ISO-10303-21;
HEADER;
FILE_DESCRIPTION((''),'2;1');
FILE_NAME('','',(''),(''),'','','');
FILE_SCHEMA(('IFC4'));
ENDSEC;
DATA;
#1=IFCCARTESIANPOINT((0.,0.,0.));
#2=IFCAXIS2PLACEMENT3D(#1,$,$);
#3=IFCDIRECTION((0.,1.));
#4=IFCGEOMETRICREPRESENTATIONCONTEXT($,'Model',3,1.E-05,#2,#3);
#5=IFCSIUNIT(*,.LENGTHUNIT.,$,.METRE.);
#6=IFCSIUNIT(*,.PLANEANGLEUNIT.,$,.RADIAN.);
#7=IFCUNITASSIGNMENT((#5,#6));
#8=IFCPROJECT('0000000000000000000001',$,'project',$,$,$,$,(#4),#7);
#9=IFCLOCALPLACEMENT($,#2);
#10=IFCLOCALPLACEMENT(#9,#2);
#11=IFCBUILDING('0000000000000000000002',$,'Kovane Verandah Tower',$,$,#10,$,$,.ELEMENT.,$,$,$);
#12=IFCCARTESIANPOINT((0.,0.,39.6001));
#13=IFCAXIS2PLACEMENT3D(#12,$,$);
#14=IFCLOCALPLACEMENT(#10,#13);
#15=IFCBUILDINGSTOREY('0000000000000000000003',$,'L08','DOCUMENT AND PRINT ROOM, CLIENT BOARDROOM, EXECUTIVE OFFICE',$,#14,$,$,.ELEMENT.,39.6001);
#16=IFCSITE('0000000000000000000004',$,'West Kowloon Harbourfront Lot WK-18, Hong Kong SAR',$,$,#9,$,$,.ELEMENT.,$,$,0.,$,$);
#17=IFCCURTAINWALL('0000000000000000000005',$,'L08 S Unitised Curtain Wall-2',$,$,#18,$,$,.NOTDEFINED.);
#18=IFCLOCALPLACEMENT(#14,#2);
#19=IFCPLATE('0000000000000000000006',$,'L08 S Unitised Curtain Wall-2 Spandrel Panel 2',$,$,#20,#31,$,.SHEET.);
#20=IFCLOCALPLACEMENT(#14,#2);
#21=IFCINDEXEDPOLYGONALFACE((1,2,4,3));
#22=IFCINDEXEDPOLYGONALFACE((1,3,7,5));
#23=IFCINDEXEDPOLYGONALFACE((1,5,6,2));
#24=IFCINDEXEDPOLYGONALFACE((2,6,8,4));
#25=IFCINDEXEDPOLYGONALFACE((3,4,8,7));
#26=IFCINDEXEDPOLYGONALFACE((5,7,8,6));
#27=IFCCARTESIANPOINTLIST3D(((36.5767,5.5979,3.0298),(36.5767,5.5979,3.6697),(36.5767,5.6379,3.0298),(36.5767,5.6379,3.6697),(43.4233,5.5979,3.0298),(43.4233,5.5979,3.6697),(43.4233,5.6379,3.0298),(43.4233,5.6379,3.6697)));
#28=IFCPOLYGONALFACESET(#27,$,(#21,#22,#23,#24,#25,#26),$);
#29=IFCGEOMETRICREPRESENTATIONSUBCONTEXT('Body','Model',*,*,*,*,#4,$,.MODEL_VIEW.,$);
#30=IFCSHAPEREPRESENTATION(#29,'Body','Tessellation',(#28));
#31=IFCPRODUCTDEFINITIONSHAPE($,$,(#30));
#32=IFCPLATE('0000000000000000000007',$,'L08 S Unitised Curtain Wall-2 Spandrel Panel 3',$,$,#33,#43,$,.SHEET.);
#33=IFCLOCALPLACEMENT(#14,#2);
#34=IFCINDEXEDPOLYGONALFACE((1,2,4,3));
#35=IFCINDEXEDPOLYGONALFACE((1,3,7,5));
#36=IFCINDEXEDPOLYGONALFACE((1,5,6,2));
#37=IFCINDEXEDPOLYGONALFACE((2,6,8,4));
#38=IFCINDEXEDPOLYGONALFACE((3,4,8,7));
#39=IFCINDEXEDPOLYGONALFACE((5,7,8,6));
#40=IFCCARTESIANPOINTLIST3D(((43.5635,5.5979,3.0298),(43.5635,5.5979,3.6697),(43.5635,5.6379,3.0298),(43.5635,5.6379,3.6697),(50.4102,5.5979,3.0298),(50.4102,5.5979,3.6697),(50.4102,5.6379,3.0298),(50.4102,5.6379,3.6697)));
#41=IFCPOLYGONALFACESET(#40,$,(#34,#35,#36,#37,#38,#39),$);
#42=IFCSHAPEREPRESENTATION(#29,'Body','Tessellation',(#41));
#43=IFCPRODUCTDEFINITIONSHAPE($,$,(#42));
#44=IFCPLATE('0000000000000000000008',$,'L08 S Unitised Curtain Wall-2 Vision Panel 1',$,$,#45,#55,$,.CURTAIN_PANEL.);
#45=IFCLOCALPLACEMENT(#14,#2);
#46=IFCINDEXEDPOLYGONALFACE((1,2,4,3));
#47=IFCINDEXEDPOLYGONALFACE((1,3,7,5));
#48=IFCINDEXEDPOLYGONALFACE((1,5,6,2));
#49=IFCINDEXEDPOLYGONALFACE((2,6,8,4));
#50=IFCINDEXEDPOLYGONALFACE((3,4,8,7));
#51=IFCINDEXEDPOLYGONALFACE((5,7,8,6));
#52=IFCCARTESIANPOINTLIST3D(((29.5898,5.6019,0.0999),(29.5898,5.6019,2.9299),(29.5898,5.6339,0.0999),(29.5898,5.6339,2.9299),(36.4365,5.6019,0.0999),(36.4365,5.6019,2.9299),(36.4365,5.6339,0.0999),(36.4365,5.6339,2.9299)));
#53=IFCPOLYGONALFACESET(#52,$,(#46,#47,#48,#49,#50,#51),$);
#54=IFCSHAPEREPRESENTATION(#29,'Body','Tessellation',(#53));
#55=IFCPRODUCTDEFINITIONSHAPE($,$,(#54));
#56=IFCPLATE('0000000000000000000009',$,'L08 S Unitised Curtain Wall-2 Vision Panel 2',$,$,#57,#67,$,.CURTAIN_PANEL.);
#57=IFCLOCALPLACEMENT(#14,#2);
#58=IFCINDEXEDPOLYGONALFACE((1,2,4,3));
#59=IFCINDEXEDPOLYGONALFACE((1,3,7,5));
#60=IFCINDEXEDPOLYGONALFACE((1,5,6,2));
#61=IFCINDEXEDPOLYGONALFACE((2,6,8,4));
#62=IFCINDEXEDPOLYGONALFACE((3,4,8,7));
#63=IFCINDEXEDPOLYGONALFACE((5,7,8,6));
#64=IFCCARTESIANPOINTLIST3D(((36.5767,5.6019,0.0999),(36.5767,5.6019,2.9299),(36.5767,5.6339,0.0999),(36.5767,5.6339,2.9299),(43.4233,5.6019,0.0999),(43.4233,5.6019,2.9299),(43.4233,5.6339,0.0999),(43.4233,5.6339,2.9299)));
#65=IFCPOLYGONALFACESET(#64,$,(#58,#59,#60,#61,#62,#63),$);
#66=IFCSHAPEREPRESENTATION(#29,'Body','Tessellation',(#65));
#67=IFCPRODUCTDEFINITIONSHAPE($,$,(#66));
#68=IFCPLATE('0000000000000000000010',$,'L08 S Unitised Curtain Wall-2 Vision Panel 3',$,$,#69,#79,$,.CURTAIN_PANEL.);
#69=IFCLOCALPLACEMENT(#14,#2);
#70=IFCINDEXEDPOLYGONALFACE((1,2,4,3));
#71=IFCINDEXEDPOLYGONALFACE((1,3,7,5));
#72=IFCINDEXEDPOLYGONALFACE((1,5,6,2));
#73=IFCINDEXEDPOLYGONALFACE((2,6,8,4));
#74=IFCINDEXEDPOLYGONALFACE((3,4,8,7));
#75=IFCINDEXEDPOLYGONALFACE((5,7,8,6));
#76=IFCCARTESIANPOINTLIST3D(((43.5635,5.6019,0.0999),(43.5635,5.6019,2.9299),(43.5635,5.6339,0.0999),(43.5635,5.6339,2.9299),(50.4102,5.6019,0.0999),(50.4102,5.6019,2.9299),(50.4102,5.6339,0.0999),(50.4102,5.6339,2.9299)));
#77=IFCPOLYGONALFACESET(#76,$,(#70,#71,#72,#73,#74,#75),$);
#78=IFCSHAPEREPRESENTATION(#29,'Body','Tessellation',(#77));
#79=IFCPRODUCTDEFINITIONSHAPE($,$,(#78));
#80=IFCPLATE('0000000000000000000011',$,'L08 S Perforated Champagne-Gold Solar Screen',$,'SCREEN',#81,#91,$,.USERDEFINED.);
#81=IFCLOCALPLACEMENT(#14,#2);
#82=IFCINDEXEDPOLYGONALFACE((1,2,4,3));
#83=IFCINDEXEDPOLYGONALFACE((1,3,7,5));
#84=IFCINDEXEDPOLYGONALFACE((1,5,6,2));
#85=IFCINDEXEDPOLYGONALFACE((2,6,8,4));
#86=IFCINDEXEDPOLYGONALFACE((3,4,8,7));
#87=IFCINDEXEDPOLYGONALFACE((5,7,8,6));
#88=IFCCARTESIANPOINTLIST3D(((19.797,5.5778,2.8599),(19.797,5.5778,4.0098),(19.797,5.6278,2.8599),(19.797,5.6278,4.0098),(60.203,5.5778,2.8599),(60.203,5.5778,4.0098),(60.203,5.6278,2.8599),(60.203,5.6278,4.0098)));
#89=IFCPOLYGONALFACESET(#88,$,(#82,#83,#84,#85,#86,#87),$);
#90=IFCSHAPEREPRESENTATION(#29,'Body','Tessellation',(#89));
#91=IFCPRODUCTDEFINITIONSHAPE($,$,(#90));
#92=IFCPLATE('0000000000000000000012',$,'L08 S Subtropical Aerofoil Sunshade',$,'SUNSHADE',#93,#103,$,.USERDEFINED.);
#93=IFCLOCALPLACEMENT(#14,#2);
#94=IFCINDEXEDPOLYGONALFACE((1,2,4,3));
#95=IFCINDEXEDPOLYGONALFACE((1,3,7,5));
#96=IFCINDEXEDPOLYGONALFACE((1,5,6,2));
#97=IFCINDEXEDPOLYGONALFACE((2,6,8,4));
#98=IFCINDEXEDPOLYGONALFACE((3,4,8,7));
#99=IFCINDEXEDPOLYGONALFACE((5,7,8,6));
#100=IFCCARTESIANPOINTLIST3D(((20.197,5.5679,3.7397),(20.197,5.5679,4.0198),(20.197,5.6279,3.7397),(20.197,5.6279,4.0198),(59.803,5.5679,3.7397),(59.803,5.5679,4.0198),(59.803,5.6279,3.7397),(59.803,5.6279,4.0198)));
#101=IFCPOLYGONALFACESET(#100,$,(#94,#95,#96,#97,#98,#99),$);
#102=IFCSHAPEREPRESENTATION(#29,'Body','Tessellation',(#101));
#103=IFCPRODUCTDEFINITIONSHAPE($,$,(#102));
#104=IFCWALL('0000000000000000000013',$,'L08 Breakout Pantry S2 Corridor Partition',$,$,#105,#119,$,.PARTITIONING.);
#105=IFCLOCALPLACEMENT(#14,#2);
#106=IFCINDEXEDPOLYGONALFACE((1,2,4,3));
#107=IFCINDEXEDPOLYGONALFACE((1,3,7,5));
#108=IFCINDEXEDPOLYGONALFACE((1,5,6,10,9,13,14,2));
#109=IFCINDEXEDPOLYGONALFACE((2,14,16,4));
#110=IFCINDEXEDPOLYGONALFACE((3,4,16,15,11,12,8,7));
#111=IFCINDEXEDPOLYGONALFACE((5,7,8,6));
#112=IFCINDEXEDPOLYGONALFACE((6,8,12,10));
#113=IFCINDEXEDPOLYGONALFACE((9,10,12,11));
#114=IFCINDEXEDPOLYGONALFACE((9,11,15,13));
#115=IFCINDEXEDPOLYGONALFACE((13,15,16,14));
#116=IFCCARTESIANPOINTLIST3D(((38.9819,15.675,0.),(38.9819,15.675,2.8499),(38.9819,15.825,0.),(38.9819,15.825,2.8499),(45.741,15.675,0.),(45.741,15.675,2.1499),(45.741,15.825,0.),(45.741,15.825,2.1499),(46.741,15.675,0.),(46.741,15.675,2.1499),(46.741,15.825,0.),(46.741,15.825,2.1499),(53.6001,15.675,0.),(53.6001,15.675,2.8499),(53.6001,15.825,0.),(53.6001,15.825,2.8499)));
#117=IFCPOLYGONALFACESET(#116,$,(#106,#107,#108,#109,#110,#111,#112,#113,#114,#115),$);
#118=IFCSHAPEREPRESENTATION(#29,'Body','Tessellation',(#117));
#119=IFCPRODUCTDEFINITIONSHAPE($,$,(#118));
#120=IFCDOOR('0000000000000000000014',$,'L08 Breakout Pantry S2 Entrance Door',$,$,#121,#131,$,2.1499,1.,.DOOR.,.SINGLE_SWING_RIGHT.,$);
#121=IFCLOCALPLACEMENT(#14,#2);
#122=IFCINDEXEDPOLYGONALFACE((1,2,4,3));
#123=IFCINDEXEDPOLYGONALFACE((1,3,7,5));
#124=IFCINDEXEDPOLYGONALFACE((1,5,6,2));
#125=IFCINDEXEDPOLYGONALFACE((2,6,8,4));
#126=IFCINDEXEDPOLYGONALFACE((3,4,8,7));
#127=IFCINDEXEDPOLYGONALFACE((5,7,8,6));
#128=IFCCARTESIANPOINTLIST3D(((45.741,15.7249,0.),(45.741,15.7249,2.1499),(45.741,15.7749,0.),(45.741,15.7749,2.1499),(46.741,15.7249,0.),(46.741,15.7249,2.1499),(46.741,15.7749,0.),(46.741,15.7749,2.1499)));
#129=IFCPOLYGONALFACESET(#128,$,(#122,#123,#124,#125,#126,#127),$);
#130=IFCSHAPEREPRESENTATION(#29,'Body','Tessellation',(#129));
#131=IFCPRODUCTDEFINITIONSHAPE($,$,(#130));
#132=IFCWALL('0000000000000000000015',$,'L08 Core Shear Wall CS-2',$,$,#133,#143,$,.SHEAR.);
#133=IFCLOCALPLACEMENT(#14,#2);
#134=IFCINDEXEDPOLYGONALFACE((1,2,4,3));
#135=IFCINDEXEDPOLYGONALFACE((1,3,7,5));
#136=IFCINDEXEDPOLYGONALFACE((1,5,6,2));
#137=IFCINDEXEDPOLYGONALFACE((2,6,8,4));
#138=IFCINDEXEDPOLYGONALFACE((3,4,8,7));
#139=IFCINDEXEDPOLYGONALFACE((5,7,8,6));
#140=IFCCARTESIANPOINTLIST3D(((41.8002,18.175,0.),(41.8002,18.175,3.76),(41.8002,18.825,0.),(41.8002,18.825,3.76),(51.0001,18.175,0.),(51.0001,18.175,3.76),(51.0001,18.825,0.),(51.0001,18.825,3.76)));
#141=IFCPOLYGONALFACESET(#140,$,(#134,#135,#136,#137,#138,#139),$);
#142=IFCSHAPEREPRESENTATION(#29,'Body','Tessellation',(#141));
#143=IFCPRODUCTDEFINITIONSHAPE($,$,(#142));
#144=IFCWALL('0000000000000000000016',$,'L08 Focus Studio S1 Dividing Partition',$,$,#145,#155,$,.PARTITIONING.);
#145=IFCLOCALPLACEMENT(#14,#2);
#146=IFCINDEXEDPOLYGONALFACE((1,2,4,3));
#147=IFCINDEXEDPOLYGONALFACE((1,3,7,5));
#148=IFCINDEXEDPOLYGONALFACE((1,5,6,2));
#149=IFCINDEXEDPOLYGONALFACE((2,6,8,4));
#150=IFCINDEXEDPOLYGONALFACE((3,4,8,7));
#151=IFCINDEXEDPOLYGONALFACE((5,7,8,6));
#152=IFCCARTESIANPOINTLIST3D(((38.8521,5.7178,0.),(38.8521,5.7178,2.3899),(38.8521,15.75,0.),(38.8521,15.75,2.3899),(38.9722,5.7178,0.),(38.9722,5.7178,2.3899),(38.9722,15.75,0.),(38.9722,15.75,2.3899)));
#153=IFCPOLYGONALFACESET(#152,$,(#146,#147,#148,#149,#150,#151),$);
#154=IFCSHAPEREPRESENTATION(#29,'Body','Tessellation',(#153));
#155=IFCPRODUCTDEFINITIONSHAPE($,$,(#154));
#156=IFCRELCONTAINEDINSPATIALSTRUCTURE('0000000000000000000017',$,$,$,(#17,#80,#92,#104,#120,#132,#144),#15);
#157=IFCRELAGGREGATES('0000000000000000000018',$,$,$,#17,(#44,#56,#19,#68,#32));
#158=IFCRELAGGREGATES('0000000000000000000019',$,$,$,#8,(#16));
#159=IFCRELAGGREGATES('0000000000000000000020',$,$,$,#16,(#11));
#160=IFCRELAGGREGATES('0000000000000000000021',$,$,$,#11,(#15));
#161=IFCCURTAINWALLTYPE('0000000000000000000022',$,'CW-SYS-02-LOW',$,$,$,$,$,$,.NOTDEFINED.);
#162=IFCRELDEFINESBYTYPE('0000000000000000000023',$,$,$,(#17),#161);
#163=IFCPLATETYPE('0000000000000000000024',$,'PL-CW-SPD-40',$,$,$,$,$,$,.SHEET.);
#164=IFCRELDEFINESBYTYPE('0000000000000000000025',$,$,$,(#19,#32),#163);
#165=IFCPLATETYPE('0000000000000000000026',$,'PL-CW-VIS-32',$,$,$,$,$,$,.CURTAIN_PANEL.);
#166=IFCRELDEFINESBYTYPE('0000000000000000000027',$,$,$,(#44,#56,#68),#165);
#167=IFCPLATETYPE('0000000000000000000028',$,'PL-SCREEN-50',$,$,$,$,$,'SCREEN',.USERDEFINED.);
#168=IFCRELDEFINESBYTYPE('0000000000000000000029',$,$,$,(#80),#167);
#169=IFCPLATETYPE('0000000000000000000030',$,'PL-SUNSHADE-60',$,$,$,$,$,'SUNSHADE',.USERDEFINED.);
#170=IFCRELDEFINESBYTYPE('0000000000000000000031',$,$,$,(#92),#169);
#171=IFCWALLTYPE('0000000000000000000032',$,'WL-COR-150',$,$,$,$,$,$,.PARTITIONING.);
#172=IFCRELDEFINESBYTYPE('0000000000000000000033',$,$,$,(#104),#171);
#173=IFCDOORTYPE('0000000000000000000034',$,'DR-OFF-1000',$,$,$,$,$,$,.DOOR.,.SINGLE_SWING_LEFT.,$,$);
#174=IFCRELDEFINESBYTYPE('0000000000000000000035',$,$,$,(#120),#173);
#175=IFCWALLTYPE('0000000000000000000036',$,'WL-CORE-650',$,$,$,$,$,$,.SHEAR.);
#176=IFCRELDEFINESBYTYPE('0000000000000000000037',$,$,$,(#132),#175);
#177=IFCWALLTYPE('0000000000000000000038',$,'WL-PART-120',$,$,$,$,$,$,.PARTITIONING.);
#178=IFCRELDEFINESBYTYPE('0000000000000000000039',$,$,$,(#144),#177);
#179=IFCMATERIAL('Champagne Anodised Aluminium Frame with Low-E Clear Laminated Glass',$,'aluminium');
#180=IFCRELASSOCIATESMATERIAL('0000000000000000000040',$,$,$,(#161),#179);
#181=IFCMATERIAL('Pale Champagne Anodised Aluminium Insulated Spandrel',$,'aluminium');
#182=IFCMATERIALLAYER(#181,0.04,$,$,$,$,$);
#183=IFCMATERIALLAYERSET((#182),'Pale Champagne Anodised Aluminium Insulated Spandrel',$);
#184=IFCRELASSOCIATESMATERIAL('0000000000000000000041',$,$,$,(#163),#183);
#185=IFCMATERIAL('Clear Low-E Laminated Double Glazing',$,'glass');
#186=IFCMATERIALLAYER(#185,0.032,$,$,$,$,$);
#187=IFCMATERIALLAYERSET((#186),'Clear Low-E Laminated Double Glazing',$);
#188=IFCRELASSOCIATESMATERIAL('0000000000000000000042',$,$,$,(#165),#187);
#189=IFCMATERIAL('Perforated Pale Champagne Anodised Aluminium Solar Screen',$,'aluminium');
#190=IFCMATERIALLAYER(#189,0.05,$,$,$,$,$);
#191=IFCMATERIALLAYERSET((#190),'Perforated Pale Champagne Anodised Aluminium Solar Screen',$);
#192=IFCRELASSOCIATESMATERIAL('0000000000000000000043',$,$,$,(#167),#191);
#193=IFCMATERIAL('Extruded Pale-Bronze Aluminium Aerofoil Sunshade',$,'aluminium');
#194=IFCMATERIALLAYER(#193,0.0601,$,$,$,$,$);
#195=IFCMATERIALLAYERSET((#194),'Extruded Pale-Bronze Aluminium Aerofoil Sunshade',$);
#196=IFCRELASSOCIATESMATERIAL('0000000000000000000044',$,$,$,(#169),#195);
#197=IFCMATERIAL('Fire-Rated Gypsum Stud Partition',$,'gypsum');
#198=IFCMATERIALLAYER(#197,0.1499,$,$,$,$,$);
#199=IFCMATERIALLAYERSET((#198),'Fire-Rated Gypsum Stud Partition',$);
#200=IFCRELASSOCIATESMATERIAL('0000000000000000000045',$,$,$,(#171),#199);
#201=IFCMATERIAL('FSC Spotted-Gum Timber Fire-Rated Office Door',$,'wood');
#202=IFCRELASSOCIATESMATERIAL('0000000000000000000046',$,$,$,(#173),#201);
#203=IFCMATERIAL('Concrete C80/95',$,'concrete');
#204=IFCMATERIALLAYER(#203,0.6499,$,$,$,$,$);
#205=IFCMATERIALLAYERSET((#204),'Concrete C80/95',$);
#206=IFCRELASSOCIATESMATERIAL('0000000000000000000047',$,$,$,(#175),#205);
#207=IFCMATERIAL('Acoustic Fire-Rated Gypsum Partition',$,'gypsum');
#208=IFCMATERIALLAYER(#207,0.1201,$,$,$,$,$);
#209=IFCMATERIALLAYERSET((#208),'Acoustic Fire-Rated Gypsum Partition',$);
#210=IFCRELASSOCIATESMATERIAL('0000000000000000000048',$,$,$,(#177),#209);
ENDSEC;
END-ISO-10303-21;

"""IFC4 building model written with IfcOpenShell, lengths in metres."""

from ifc_helpers import new_model, si_unit, direction, frame, frame_2d, origin, origin_2d, place, context, subcontext, project, spatial, rectangle, extrude, material, layer, layer_set, type_object, element, fill, aggregate, save


model = new_model("IFC4")

# Units and contexts
model_context = context("Model", 3, precision=1e-05, world=origin(), true_north=direction((0.0, 1.0)))
body_context = subcontext(model_context, "Body", "Model", "MODEL_VIEW")
ifc_project = project(units=[si_unit("LENGTHUNIT", "METRE"), si_unit("PLANEANGLEUNIT", "RADIAN")], contexts=[model_context])

# Site, building, storey
site_placement = place(None, origin())
site = spatial("IfcSite", under=ifc_project, at=site_placement, Name="West Kowloon Harbourfront Lot WK-18, Hong Kong SAR", CompositionType="ELEMENT", RefElevation=0.0)
building_placement = place(site_placement, origin())
building = spatial("IfcBuilding", under=site, at=building_placement, Name="Kovane Verandah Tower", CompositionType="ELEMENT")
storey_placement = place(building_placement, frame((0.0, 0.0, 39.6001)))
storey = spatial("IfcBuildingStorey", under=building, at=storey_placement, Name="L08", Description="DOCUMENT AND PRINT ROOM, CLIENT BOARDROOM, EXECUTIVE OFFICE", CompositionType="ELEMENT", Elevation=39.6001)

# Shared definitions
ifc_material_1 = material(Name="Concrete C80/95", Category="concrete")

# Curtain wall, plates
ifc_material_2 = material(Name="Champagne Anodised Aluminium Frame with Low-E Clear Laminated Glass", Category="aluminium")
curtain_wall_type = type_object("IfcCurtainWallType", Name="CW-SYS-02-LOW", PredefinedType="NOTDEFINED", material=ifc_material_2)
curtain_wall_placement = place(storey_placement, origin())
curtain_wall = element("IfcCurtainWall", 1, at=curtain_wall_placement, inside=storey, type_object=curtain_wall_type, Name="L08 S Unitised Curtain Wall-2", PredefinedType="NOTDEFINED")
ifc_material_3 = material(Name="Pale Champagne Anodised Aluminium Insulated Spandrel", Category="aluminium")
ifc_layer_1 = layer(ifc_material_3, 0.04)
ifc_layer_set_1 = layer_set([ifc_layer_1], Name="Pale Champagne Anodised Aluminium Insulated Spandrel")
plate_type_1 = type_object("IfcPlateType", Name="PL-CW-SPD-40", PredefinedType="SHEET", material=ifc_layer_set_1)
plate_1_placement = place(storey_placement, frame((40.0, 5.6179, 3.0298), z_axis=(0.0, 0.0, 1.0), x_axis=(1.0, 0.0, 0.0)))
plate_1 = element("IfcPlate", 2, at=plate_1_placement, type_object=plate_type_1, Name="L08 S Unitised Curtain Wall-2 Spandrel Panel 2", PredefinedType="SHEET", context=body_context, shape_type="SweptSolid", body=[
    extrude(rectangle(XDim=6.8467, YDim=0.04, at=origin_2d()), origin(), (0.0, 0.0, 1.0), 0.6399),
])
plate_2_placement = place(storey_placement, frame((46.9868, 5.6179, 3.0298), z_axis=(0.0, 0.0, 1.0), x_axis=(1.0, 0.0, 0.0)))
plate_2 = element("IfcPlate", 3, at=plate_2_placement, type_object=plate_type_1, Name="L08 S Unitised Curtain Wall-2 Spandrel Panel 3", PredefinedType="SHEET", context=body_context, shape_type="SweptSolid", body=[
    extrude(rectangle(XDim=6.8467, YDim=0.04, at=origin_2d()), origin(), (0.0, 0.0, 1.0), 0.6399),
])
ifc_material_4 = material(Name="Clear Low-E Laminated Double Glazing", Category="glass")
ifc_layer_2 = layer(ifc_material_4, 0.032)
ifc_layer_set_2 = layer_set([ifc_layer_2], Name="Clear Low-E Laminated Double Glazing")
plate_type_2 = type_object("IfcPlateType", Name="PL-CW-VIS-32", PredefinedType="CURTAIN_PANEL", material=ifc_layer_set_2)
plate_3_placement = place(storey_placement, frame((33.0132, 5.6179, 0.0999), z_axis=(0.0, 0.0, 1.0), x_axis=(1.0, 0.0, 0.0)))
plate_3 = element("IfcPlate", 4, at=plate_3_placement, type_object=plate_type_2, Name="L08 S Unitised Curtain Wall-2 Vision Panel 1", PredefinedType="CURTAIN_PANEL", context=body_context, shape_type="SweptSolid", body=[
    extrude(rectangle(XDim=6.8467, YDim=0.032, at=origin_2d()), origin(), (0.0, 0.0, 1.0), 2.8301),
])
plate_4_placement = place(storey_placement, frame((40.0, 5.6179, 0.0999), z_axis=(0.0, 0.0, 1.0), x_axis=(1.0, 0.0, 0.0)))
plate_4 = element("IfcPlate", 5, at=plate_4_placement, type_object=plate_type_2, Name="L08 S Unitised Curtain Wall-2 Vision Panel 2", PredefinedType="CURTAIN_PANEL", context=body_context, shape_type="SweptSolid", body=[
    extrude(rectangle(XDim=6.8467, YDim=0.032, at=origin_2d()), origin(), (0.0, 0.0, 1.0), 2.8301),
])
plate_5_placement = place(storey_placement, frame((46.9868, 5.6179, 0.0999), z_axis=(0.0, 0.0, 1.0), x_axis=(1.0, 0.0, 0.0)))
plate_5 = element("IfcPlate", 6, at=plate_5_placement, type_object=plate_type_2, Name="L08 S Unitised Curtain Wall-2 Vision Panel 3", PredefinedType="CURTAIN_PANEL", context=body_context, shape_type="SweptSolid", body=[
    extrude(rectangle(XDim=6.8467, YDim=0.032, at=origin_2d()), origin(), (0.0, 0.0, 1.0), 2.8301),
])
aggregate(curtain_wall, [plate_3, plate_4, plate_1, plate_5, plate_2])

# Plates
ifc_material_5 = material(Name="Perforated Pale Champagne Anodised Aluminium Solar Screen", Category="aluminium")
ifc_layer_3 = layer(ifc_material_5, 0.05)
ifc_layer_set_3 = layer_set([ifc_layer_3], Name="Perforated Pale Champagne Anodised Aluminium Solar Screen")
plate_type_3 = type_object("IfcPlateType", Name="PL-SCREEN-50", ElementType="SCREEN", PredefinedType="USERDEFINED", material=ifc_layer_set_3)
plate_6_placement = place(storey_placement, frame((40.0, 5.6028, 2.8599), z_axis=(0.0, 0.0, 1.0), x_axis=(1.0, 0.0, 0.0)))
element("IfcPlate", 7, at=plate_6_placement, inside=storey, type_object=plate_type_3, Name="L08 S Perforated Champagne-Gold Solar Screen", ObjectType="SCREEN", PredefinedType="USERDEFINED", context=body_context, shape_type="SweptSolid", body=[
    extrude(rectangle(XDim=40.406, YDim=0.05, at=origin_2d()), origin(), (0.0, 0.0, 1.0), 1.1499),
])
ifc_material_6 = material(Name="Extruded Pale-Bronze Aluminium Aerofoil Sunshade", Category="aluminium")
ifc_layer_4 = layer(ifc_material_6, 0.0601)
ifc_layer_set_4 = layer_set([ifc_layer_4], Name="Extruded Pale-Bronze Aluminium Aerofoil Sunshade")
plate_type_4 = type_object("IfcPlateType", Name="PL-SUNSHADE-60", ElementType="SUNSHADE", PredefinedType="USERDEFINED", material=ifc_layer_set_4)
plate_7_placement = place(storey_placement, frame((40.0, 5.5979, 3.7397), z_axis=(0.0, 0.0, 1.0), x_axis=(1.0, 0.0, 0.0)))
element("IfcPlate", 8, at=plate_7_placement, inside=storey, type_object=plate_type_4, Name="L08 S Subtropical Aerofoil Sunshade", ObjectType="SUNSHADE", PredefinedType="USERDEFINED", context=body_context, shape_type="SweptSolid", body=[
    extrude(rectangle(XDim=39.606, YDim=0.0601, at=origin_2d()), origin(), (0.0, 0.0, 1.0), 0.28),
])

# Wall, opening, door
ifc_material_7 = material(Name="Fire-Rated Gypsum Stud Partition", Category="gypsum")
ifc_layer_5 = layer(ifc_material_7, 0.1499)
ifc_layer_set_5 = layer_set([ifc_layer_5], Name="Fire-Rated Gypsum Stud Partition")
wall_type_1 = type_object("IfcWallType", Name="WL-COR-150", PredefinedType="PARTITIONING", material=ifc_layer_set_5)
wall_1_placement = place(storey_placement, frame((38.9819, 15.75, 0.0), z_axis=(0.0, 0.0, 1.0), x_axis=(1.0, 0.0, 0.0)))
wall_1 = element("IfcWall", 9, at=wall_1_placement, inside=storey, type_object=wall_type_1, Name="L08 Breakout Pantry S2 Corridor Partition", PredefinedType="PARTITIONING", context=body_context, shape_type="SweptSolid", body=[
    extrude(rectangle(XDim=14.6182, YDim=0.1499, at=frame_2d((7.3091, 0.0))), origin(), (0.0, 0.0, 1.0), 2.8499),
])
opening_placement = place(wall_1_placement, frame((6.759, 0.0, 0.0)))
opening = element("IfcOpeningElement", 10, at=opening_placement, cuts=wall_1, PredefinedType="OPENING", context=body_context, shape_type="SweptSolid", body=[
    extrude(rectangle(XDim=1.0, YDim=2.1499, at=frame_2d((0.5, 1.075))), frame((0.0, 0.075, 0.0), z_axis=(0.0, -1.0, 0.0), x_axis=(1.0, 0.0, 0.0)), (0.0, 0.0, 1.0), 0.1499),
])
ifc_material_8 = material(Name="FSC Spotted-Gum Timber Fire-Rated Office Door", Category="wood")
door_type = type_object("IfcDoorType", Name="DR-OFF-1000", OperationType="SINGLE_SWING_LEFT", PredefinedType="DOOR", material=ifc_material_8)
door_placement = place(opening_placement, origin())
door = element("IfcDoor", 11, at=door_placement, inside=storey, type_object=door_type, Name="L08 Breakout Pantry S2 Entrance Door", OperationType="SINGLE_SWING_RIGHT", OverallHeight=2.1499, OverallWidth=1.0, PredefinedType="DOOR", context=body_context, shape_type="SweptSolid", body=[
    extrude(rectangle(XDim=1.0, YDim=2.1499, at=frame_2d((0.5, 1.075))), frame((0.0, 0.0249, 0.0), z_axis=(0.0, -1.0, 0.0), x_axis=(1.0, 0.0, 0.0)), (0.0, 0.0, 1.0), 0.05),
])
fill(opening, door)

# Walls
ifc_layer_6 = layer(ifc_material_1, 0.6499)
ifc_layer_set_6 = layer_set([ifc_layer_6], Name="Concrete C80/95")
wall_type_2 = type_object("IfcWallType", Name="WL-CORE-650", PredefinedType="SHEAR", material=ifc_layer_set_6)
wall_2_placement = place(storey_placement, frame((41.8, 18.5, 0.0), z_axis=(0.0, 0.0, 1.0), x_axis=(1.0, 0.0, 0.0)))
element("IfcWall", 12, at=wall_2_placement, inside=storey, type_object=wall_type_2, Name="L08 Core Shear Wall CS-2", PredefinedType="SHEAR", context=body_context, shape_type="SweptSolid", body=[
    extrude(rectangle(XDim=9.2, YDim=0.6499, at=frame_2d((4.6001, 0.0))), origin(), (0.0, 0.0, 1.0), 3.76),
])
ifc_material_9 = material(Name="Acoustic Fire-Rated Gypsum Partition", Category="gypsum")
ifc_layer_7 = layer(ifc_material_9, 0.1201)
ifc_layer_set_7 = layer_set([ifc_layer_7], Name="Acoustic Fire-Rated Gypsum Partition")
wall_type_3 = type_object("IfcWallType", Name="WL-PART-120", PredefinedType="PARTITIONING", material=ifc_layer_set_7)
wall_3_placement = place(storey_placement, frame((38.9121, 5.7178, 0.0), z_axis=(0.0, 0.0, 1.0), x_axis=(0.0, 1.0, 0.0)))
element("IfcWall", 13, at=wall_3_placement, inside=storey, type_object=wall_type_3, Name="L08 Focus Studio S1 Dividing Partition", PredefinedType="PARTITIONING", context=body_context, shape_type="SweptSolid", body=[
    extrude(rectangle(XDim=10.0322, YDim=0.1201, at=frame_2d((5.0161, 0.0))), origin(), (0.0, 0.0, 1.0), 2.3899),
])

save(model, "model.ifc")
